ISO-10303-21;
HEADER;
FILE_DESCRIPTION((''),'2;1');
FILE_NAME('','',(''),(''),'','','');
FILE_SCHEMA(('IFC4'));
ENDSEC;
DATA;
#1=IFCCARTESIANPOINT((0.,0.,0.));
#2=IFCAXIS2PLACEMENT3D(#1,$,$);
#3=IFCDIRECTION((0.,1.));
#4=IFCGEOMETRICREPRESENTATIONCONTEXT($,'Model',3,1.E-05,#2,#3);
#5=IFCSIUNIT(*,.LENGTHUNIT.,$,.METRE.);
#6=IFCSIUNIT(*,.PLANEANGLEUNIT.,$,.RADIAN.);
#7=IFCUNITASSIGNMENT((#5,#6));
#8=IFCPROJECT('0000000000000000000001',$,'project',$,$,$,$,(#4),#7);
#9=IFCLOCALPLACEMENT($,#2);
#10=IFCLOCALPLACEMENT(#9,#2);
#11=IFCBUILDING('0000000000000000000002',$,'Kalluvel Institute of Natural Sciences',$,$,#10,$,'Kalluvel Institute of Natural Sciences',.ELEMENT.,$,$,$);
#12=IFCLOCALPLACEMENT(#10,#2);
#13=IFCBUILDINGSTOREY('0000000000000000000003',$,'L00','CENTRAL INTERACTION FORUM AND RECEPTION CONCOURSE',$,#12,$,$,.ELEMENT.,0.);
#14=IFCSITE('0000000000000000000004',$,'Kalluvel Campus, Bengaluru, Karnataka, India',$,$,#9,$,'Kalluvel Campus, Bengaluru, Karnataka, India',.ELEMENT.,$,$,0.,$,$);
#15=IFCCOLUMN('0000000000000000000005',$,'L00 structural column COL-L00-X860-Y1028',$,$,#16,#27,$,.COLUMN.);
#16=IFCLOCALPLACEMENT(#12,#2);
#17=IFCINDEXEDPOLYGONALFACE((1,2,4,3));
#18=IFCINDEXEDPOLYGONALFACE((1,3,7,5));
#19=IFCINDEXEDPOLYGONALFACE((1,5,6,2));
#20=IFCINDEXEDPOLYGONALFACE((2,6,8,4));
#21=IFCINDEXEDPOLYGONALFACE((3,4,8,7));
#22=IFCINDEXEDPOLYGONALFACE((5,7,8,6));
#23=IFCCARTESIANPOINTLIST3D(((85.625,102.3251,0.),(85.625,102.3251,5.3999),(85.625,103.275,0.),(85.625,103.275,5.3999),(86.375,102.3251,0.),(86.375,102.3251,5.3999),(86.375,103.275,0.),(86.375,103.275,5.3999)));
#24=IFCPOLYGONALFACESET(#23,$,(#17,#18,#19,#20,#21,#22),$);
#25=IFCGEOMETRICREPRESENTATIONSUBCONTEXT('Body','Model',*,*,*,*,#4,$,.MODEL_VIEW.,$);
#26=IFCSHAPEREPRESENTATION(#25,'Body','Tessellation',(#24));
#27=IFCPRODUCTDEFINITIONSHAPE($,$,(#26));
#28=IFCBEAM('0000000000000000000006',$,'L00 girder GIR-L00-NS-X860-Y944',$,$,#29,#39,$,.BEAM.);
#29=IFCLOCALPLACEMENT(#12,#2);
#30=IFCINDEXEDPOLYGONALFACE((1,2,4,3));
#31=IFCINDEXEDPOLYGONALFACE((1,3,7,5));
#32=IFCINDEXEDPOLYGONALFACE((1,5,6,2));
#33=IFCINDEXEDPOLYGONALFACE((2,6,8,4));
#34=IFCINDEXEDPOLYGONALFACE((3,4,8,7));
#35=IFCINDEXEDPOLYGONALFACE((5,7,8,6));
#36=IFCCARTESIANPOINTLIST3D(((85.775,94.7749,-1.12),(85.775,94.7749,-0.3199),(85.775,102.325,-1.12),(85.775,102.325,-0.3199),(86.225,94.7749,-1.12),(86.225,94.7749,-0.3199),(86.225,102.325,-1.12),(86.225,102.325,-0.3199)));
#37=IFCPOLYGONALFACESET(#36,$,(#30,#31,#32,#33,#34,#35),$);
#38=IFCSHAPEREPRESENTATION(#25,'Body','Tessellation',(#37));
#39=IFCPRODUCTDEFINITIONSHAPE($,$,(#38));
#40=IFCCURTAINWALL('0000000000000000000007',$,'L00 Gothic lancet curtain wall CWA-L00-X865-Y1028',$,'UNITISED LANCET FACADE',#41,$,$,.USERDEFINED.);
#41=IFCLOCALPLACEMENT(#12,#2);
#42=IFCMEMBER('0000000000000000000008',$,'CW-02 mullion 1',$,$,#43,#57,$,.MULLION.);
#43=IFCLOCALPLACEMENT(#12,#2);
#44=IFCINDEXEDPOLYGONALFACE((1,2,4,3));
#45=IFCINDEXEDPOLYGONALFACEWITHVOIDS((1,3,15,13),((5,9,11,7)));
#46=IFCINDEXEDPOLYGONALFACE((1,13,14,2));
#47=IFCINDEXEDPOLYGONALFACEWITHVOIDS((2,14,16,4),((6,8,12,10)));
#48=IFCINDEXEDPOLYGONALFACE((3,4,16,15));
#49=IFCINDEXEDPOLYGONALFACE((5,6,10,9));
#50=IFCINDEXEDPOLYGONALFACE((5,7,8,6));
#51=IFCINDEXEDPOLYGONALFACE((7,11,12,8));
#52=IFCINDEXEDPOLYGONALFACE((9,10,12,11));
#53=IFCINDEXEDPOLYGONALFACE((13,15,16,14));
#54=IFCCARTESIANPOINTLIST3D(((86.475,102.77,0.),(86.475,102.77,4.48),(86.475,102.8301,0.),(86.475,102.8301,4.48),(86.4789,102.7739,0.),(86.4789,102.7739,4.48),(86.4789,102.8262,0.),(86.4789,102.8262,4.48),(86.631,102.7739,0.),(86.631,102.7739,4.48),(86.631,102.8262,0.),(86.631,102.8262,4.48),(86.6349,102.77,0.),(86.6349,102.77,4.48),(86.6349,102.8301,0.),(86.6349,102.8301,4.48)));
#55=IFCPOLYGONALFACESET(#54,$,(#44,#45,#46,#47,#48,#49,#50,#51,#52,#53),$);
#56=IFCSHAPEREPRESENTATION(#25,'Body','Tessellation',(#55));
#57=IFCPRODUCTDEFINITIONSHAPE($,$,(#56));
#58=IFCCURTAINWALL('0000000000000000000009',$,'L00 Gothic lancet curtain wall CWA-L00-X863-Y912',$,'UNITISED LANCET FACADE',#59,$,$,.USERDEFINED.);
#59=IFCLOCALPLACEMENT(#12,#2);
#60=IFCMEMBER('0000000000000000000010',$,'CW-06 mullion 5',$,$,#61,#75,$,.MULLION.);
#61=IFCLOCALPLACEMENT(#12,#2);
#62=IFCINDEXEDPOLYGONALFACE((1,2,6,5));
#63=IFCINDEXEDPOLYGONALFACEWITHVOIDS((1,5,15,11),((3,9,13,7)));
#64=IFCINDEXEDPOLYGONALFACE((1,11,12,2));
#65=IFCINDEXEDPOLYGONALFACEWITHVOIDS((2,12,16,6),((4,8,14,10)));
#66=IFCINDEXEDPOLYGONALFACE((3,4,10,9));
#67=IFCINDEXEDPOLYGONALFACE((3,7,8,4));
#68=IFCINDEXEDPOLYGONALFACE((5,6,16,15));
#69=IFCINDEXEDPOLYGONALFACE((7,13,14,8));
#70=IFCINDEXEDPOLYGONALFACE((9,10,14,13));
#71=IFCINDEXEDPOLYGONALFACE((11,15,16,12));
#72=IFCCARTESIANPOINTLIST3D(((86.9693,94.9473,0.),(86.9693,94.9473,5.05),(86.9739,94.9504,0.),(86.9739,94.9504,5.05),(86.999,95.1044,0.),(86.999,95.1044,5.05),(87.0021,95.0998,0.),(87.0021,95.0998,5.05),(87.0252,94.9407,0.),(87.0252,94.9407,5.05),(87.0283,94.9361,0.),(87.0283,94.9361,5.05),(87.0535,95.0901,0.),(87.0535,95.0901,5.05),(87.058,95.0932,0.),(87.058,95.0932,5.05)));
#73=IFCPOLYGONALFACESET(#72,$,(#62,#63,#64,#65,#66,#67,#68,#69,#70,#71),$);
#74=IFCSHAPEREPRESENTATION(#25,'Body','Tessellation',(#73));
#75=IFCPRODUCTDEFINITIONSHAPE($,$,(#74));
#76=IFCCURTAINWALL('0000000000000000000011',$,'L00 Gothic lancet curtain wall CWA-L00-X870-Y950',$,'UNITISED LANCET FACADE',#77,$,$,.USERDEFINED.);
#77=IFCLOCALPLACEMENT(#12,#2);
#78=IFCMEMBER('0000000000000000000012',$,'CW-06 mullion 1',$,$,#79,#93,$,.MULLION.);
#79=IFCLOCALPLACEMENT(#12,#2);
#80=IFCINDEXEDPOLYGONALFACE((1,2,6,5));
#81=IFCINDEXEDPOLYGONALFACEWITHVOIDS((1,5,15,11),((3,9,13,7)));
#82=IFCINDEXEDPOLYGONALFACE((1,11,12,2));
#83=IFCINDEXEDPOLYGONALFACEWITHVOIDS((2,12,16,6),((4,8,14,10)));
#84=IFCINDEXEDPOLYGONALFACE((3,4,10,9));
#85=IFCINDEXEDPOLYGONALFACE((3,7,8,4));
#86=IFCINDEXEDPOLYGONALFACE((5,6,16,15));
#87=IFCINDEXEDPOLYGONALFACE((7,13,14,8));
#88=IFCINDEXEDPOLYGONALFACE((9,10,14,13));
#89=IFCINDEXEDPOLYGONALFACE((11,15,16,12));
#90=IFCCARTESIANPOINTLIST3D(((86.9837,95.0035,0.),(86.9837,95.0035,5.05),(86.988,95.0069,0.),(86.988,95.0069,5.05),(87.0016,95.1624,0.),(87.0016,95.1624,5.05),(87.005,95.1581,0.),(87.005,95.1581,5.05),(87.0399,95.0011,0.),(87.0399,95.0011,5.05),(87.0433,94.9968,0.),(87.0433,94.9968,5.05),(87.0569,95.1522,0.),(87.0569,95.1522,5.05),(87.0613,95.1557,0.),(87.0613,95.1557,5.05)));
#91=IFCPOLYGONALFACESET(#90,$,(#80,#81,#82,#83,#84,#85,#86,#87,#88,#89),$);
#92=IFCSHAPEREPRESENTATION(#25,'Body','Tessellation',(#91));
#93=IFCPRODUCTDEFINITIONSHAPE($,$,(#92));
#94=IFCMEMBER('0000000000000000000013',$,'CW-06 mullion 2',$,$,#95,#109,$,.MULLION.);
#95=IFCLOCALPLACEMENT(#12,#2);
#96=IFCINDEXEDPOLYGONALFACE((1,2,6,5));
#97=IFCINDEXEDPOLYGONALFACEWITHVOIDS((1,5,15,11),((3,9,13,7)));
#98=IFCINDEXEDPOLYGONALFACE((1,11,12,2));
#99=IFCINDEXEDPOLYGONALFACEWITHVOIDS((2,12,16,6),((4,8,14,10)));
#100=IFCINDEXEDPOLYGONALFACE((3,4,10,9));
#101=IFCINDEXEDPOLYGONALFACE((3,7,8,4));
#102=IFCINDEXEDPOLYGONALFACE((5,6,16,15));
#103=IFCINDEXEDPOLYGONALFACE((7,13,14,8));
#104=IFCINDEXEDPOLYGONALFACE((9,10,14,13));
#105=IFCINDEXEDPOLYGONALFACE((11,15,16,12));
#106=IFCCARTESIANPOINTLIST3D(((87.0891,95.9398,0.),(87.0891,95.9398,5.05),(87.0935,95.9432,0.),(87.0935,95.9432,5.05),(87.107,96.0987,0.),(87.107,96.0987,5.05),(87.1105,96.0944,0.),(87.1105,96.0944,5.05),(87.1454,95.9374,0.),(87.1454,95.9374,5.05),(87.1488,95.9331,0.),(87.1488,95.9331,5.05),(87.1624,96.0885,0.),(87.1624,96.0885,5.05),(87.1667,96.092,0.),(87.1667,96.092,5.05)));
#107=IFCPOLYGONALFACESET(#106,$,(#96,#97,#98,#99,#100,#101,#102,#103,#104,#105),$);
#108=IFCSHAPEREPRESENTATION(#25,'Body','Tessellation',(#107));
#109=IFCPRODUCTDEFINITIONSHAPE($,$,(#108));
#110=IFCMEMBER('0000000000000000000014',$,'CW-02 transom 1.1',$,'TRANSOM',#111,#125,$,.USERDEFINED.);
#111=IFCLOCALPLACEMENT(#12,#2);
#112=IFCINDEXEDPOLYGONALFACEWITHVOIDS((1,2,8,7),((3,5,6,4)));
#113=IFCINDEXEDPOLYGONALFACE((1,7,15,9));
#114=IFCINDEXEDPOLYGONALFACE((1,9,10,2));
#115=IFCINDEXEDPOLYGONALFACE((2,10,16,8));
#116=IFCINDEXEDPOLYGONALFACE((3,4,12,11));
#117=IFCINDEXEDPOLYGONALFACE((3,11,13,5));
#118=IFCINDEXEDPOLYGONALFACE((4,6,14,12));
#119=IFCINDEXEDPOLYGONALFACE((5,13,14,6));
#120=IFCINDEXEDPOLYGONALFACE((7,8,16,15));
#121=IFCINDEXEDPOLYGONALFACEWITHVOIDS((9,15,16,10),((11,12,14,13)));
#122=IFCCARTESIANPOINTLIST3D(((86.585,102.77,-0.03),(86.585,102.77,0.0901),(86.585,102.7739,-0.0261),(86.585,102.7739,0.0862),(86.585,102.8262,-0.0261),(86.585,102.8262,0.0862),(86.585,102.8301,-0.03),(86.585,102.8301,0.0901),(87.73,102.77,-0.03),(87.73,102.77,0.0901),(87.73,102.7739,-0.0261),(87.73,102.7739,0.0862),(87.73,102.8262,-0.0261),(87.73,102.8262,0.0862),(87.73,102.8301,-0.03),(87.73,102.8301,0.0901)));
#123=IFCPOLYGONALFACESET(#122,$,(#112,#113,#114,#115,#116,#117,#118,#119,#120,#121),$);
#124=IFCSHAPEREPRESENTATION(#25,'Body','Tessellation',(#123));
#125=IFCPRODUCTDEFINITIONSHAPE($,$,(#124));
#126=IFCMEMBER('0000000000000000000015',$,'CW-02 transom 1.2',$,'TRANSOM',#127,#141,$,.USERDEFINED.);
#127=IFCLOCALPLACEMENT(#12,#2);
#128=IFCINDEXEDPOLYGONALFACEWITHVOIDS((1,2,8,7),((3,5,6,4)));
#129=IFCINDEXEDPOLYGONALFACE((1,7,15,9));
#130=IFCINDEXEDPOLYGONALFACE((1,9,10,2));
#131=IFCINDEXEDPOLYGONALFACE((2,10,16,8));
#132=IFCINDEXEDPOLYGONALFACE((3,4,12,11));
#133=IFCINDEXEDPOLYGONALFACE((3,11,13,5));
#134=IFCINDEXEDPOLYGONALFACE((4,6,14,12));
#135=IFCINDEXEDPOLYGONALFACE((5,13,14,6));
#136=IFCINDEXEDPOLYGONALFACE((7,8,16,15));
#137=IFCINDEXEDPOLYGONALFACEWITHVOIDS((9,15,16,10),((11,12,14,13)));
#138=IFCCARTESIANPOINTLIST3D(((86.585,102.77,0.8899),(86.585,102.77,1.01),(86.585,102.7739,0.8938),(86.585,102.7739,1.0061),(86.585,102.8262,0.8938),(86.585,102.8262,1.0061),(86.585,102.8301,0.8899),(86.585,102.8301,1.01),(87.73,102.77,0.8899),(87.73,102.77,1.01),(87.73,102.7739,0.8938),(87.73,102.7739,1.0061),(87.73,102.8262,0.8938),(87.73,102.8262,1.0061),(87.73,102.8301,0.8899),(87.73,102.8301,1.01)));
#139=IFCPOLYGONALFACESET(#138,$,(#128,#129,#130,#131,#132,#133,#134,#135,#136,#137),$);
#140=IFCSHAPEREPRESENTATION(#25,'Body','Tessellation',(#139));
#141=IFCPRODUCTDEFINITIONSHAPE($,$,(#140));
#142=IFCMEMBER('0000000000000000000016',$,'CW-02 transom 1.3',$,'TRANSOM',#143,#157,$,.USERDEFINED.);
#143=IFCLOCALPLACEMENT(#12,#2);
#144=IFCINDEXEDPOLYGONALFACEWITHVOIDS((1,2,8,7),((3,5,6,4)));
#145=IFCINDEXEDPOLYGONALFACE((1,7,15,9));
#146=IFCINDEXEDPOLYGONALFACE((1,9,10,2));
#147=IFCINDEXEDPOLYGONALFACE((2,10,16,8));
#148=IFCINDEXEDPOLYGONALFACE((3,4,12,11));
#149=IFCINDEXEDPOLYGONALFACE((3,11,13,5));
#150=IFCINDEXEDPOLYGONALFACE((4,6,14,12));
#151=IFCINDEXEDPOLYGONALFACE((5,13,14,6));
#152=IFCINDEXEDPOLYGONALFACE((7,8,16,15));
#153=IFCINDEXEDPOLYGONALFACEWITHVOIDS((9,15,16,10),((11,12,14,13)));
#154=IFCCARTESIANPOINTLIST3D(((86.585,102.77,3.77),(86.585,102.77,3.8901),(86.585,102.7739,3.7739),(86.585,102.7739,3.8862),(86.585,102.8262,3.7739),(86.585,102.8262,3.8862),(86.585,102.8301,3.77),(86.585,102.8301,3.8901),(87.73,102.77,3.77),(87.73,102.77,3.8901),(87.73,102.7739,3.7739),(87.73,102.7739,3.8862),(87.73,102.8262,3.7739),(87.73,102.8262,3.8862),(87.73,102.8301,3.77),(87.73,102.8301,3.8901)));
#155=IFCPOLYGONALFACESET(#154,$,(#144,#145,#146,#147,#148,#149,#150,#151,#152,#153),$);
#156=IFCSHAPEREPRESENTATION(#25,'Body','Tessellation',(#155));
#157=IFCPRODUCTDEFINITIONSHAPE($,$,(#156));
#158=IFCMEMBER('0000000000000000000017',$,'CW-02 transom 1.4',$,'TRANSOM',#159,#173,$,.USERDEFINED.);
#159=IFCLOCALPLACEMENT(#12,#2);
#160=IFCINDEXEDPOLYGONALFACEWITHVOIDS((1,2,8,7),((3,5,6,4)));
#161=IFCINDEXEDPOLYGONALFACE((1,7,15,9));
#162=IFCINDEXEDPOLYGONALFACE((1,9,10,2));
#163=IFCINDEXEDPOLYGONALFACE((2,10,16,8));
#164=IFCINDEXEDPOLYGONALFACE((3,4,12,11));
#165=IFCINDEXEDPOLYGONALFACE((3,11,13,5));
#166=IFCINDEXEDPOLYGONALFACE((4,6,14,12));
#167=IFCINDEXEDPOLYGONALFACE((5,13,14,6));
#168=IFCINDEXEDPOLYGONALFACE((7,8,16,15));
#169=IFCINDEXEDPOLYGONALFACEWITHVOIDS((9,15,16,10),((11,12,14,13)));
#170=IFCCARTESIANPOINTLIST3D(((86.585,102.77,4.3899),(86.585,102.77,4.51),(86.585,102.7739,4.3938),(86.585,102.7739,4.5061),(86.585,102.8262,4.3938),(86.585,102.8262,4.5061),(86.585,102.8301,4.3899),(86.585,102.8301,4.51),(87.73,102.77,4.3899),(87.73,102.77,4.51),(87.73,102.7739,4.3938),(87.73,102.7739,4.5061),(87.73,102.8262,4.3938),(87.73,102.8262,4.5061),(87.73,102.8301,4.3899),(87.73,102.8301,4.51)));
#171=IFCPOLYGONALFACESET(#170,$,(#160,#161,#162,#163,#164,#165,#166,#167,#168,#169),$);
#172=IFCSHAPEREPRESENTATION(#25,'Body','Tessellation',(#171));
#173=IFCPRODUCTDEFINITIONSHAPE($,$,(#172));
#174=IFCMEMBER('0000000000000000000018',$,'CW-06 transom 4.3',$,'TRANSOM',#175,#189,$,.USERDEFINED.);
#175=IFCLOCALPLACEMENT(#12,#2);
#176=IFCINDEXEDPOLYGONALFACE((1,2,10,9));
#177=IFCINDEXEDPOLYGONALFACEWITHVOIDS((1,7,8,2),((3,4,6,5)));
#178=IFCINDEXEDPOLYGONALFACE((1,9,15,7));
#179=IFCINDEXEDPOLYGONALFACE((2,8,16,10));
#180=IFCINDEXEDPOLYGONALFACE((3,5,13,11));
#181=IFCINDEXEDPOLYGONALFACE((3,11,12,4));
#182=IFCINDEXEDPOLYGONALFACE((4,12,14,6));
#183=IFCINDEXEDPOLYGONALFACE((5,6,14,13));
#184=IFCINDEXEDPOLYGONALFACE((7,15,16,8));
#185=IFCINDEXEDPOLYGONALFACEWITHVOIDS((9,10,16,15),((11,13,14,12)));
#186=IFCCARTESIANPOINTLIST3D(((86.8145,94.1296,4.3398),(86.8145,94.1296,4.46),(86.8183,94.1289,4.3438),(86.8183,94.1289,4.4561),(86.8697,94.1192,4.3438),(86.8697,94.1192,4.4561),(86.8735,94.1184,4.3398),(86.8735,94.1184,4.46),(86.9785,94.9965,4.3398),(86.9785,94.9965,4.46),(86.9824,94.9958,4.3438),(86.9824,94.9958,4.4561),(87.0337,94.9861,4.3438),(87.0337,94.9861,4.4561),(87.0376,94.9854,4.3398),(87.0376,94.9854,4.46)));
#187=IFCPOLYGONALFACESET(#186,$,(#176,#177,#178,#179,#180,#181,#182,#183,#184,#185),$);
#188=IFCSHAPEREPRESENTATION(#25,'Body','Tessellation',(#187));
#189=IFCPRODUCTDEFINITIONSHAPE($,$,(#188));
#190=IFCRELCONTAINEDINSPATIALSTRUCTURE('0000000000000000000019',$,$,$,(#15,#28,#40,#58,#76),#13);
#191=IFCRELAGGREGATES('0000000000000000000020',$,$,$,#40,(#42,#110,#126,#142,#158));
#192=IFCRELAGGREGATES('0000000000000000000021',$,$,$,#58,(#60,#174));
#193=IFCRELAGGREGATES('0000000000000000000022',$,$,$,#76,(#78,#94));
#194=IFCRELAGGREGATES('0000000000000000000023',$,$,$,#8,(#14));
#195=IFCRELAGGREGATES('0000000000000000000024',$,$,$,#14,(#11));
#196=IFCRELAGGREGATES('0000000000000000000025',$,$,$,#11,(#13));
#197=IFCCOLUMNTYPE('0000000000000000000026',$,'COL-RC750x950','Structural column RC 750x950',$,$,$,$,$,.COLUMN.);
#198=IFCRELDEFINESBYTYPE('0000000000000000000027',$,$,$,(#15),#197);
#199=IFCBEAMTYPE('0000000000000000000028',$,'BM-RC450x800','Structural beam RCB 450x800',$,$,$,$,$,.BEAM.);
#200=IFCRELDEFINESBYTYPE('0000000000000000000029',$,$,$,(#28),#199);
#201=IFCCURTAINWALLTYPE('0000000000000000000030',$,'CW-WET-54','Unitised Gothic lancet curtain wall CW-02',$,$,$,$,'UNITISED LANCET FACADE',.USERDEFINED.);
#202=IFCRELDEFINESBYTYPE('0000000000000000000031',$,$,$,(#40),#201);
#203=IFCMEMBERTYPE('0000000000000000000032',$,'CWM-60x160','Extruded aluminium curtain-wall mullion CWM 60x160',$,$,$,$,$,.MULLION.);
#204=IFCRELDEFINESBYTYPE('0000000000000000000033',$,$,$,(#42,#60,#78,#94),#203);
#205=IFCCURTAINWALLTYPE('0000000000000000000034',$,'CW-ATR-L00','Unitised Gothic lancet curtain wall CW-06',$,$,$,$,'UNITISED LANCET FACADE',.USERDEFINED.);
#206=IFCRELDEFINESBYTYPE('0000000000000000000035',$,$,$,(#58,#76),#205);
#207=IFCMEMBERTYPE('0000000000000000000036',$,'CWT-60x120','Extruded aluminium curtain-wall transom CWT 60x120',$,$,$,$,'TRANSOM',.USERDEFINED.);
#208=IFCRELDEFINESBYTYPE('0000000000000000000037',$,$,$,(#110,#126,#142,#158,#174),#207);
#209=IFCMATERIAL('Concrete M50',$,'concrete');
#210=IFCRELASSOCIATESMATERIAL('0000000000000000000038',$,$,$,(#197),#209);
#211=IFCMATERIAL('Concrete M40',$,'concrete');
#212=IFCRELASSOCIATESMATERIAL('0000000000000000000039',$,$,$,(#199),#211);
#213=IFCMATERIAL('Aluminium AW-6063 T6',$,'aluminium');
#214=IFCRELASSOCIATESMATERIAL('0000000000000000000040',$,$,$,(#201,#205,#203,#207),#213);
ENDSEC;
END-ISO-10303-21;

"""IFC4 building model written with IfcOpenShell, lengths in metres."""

from ifc_helpers import new_model, si_unit, direction, frame, origin, origin_2d, place, context, subcontext, project, spatial, rectangle, hollow_rectangle, extrude, material, material_profile, profile_set, type_object, element, aggregate, save


model = new_model("IFC4")

# Units and contexts
model_context = context("Model", 3, precision=1e-05, world=origin(), true_north=direction((0.0, 1.0)))
body_context = subcontext(model_context, "Body", "Model", "MODEL_VIEW")
ifc_project = project(units=[si_unit("LENGTHUNIT", "METRE"), si_unit("PLANEANGLEUNIT", "RADIAN")], contexts=[model_context])

# Site, building, storey
site_placement = place(None, origin())
site = spatial("IfcSite", under=ifc_project, at=site_placement, Name="Kalluvel Campus, Bengaluru, Karnataka, India", LongName="Kalluvel Campus, Bengaluru, Karnataka, India", CompositionType="ELEMENT", RefElevation=0.0)
building_placement = place(site_placement, origin())
building = spatial("IfcBuilding", under=site, at=building_placement, Name="Kalluvel Institute of Natural Sciences", LongName="Kalluvel Institute of Natural Sciences", CompositionType="ELEMENT")
storey_placement = place(building_placement, origin())
storey = spatial("IfcBuildingStorey", under=building, at=storey_placement, Name="L00", Description="CENTRAL INTERACTION FORUM AND RECEPTION CONCOURSE", CompositionType="ELEMENT", Elevation=0.0)

# Column
ifc_material_1 = material(Name="Concrete M50", Category="concrete")
ifc_material_profile_1 = material_profile(ifc_material_1, rectangle(XDim=0.75, YDim=0.95, at=origin_2d()), Name="RC 750x950")
ifc_profile_set_1 = profile_set([ifc_material_profile_1], Name="Concrete M50")
column_type = type_object("IfcColumnType", Name="COL-RC750x950", Description="Structural column RC 750x950", PredefinedType="COLUMN", material=ifc_profile_set_1)
column_placement = place(storey_placement, frame((86.0, 102.8, 0.0), z_axis=(0.0, 0.0, 1.0), x_axis=(1.0, 0.0, 0.0)))
element("IfcColumn", 1, at=column_placement, inside=storey, type_object=column_type, Name="L00 structural column COL-L00-X860-Y1028", PredefinedType="COLUMN", context=body_context, shape_type="SweptSolid", body=[
    extrude(rectangle(XDim=0.75, YDim=0.95, at=origin_2d()), origin(), (0.0, 0.0, 1.0), 5.3999),
])

# Beam
ifc_material_2 = material(Name="Concrete M40", Category="concrete")
ifc_material_profile_2 = material_profile(ifc_material_2, rectangle(XDim=0.45, YDim=0.8, at=origin_2d()), Name="RCB 450x800")
ifc_profile_set_2 = profile_set([ifc_material_profile_2], Name="Concrete M40")
beam_type_1 = type_object("IfcBeamType", Name="BM-RC450x800", Description="Structural beam RCB 450x800", PredefinedType="BEAM", material=ifc_profile_set_2)
beam_1_placement = place(storey_placement, frame((86.0, 94.7749, -0.72), z_axis=(0.0, 1.0, 0.0), x_axis=(-1.0, 0.0, 0.0)))
element("IfcBeam", 2, at=beam_1_placement, inside=storey, type_object=beam_type_1, Name="L00 girder GIR-L00-NS-X860-Y944", PredefinedType="BEAM", context=body_context, shape_type="SweptSolid", body=[
    extrude(rectangle(XDim=0.45, YDim=0.8, at=origin_2d()), origin(), (0.0, 0.0, 1.0), 7.55),
])

# Curtain walls, members
ifc_material_3 = material(Name="Aluminium AW-6063 T6", Category="aluminium")
curtain_wall_type_1 = type_object("IfcCurtainWallType", Name="CW-WET-54", Description="Unitised Gothic lancet curtain wall CW-02", ElementType="UNITISED LANCET FACADE", PredefinedType="USERDEFINED", material=ifc_material_3)
curtain_wall_1_placement = place(storey_placement, origin())
curtain_wall_1 = element("IfcCurtainWall", 3, at=curtain_wall_1_placement, inside=storey, type_object=curtain_wall_type_1, Name="L00 Gothic lancet curtain wall CWA-L00-X865-Y1028", ObjectType="UNITISED LANCET FACADE", PredefinedType="USERDEFINED")
ifc_material_profile_3 = material_profile(ifc_material_3, hollow_rectangle(XDim=0.0601, YDim=0.1599, WallThickness=0.0039, at=origin_2d()), Name="CWM 60x160")
ifc_profile_set_3 = profile_set([ifc_material_profile_3], Name="Aluminium AW-6063 T6")
member_type_1 = type_object("IfcMemberType", Name="CWM-60x160", Description="Extruded aluminium curtain-wall mullion CWM 60x160", PredefinedType="MULLION", material=ifc_profile_set_3)
member_1_placement = place(storey_placement, frame((86.5549, 102.8, 0.0), z_axis=(0.0, 0.0, 1.0), x_axis=(0.0, 1.0, 0.0)))
member_1 = element("IfcMember", 4, at=member_1_placement, type_object=member_type_1, Name="CW-02 mullion 1", PredefinedType="MULLION", context=body_context, shape_type="SweptSolid", body=[
    extrude(hollow_rectangle(XDim=0.0601, YDim=0.1599, WallThickness=0.0039, at=origin_2d()), origin(), (0.0, 0.0, 1.0), 4.48),
])
curtain_wall_type_2 = type_object("IfcCurtainWallType", Name="CW-ATR-L00", Description="Unitised Gothic lancet curtain wall CW-06", ElementType="UNITISED LANCET FACADE", PredefinedType="USERDEFINED", material=ifc_material_3)
curtain_wall_2_placement = place(storey_placement, origin())
curtain_wall_2 = element("IfcCurtainWall", 5, at=curtain_wall_2_placement, inside=storey, type_object=curtain_wall_type_2, Name="L00 Gothic lancet curtain wall CWA-L00-X863-Y912", ObjectType="UNITISED LANCET FACADE", PredefinedType="USERDEFINED")
member_2_placement = place(storey_placement, frame((87.0137, 95.0203, 0.0), z_axis=(0.0, 0.0, 1.0), x_axis=(-0.982569, 0.185898, 0.0)))
member_2 = element("IfcMember", 6, at=member_2_placement, type_object=member_type_1, Name="CW-06 mullion 5", PredefinedType="MULLION", context=body_context, shape_type="SweptSolid", body=[
    extrude(hollow_rectangle(XDim=0.0601, YDim=0.1599, WallThickness=0.0039, at=origin_2d()), origin(), (0.0, 0.0, 1.0), 5.05),
])

# Curtain wall, members
curtain_wall_3_placement = place(storey_placement, origin())
curtain_wall_3 = element("IfcCurtainWall", 7, at=curtain_wall_3_placement, inside=storey, type_object=curtain_wall_type_2, Name="L00 Gothic lancet curtain wall CWA-L00-X870-Y950", ObjectType="UNITISED LANCET FACADE", PredefinedType="USERDEFINED")
member_3_placement = place(storey_placement, frame((87.0225, 95.0796, 0.0), z_axis=(0.0, 0.0, 1.0), x_axis=(-0.993712, 0.111967, 0.0)))
member_3 = element("IfcMember", 8, at=member_3_placement, type_object=member_type_1, Name="CW-06 mullion 1", PredefinedType="MULLION", context=body_context, shape_type="SweptSolid", body=[
    extrude(hollow_rectangle(XDim=0.0601, YDim=0.1599, WallThickness=0.0039, at=origin_2d()), origin(), (0.0, 0.0, 1.0), 5.05),
])
member_4_placement = place(storey_placement, frame((87.1279, 96.0159, 0.0), z_axis=(0.0, 0.0, 1.0), x_axis=(-0.993712, 0.111967, 0.0)))
member_4 = element("IfcMember", 9, at=member_4_placement, type_object=member_type_1, Name="CW-06 mullion 2", PredefinedType="MULLION", context=body_context, shape_type="SweptSolid", body=[
    extrude(hollow_rectangle(XDim=0.0601, YDim=0.1599, WallThickness=0.0039, at=origin_2d()), origin(), (0.0, 0.0, 1.0), 5.05),
])

# Members
ifc_material_profile_4 = material_profile(ifc_material_3, hollow_rectangle(XDim=0.0601, YDim=0.1201, WallThickness=0.0039, at=origin_2d()), Name="CWT 60x120")
ifc_profile_set_4 = profile_set([ifc_material_profile_4], Name="Aluminium AW-6063 T6")
member_type_2 = type_object("IfcMemberType", Name="CWT-60x120", Description="Extruded aluminium curtain-wall transom CWT 60x120", ElementType="TRANSOM", PredefinedType="USERDEFINED", material=ifc_profile_set_4)
member_5_placement = place(storey_placement, frame((86.585, 102.8, 0.03), z_axis=(1.0, 0.0, 0.0), x_axis=(0.0, 1.0, 0.0)))
member_5 = element("IfcMember", 10, at=member_5_placement, type_object=member_type_2, Name="CW-02 transom 1.1", ObjectType="TRANSOM", PredefinedType="USERDEFINED", context=body_context, shape_type="SweptSolid", body=[
    extrude(hollow_rectangle(XDim=0.0601, YDim=0.1201, WallThickness=0.0039, at=origin_2d()), origin(), (0.0, 0.0, 1.0), 1.145),
])
member_6_placement = place(storey_placement, frame((86.585, 102.8, 0.95), z_axis=(1.0, 0.0, 0.0), x_axis=(0.0, 1.0, 0.0)))
member_6 = element("IfcMember", 11, at=member_6_placement, type_object=member_type_2, Name="CW-02 transom 1.2", ObjectType="TRANSOM", PredefinedType="USERDEFINED", context=body_context, shape_type="SweptSolid", body=[
    extrude(hollow_rectangle(XDim=0.0601, YDim=0.1201, WallThickness=0.0039, at=origin_2d()), origin(), (0.0, 0.0, 1.0), 1.145),
])
member_7_placement = place(storey_placement, frame((86.585, 102.8, 3.8301), z_axis=(1.0, 0.0, 0.0), x_axis=(0.0, 1.0, 0.0)))
member_7 = element("IfcMember", 12, at=member_7_placement, type_object=member_type_2, Name="CW-02 transom 1.3", ObjectType="TRANSOM", PredefinedType="USERDEFINED", context=body_context, shape_type="SweptSolid", body=[
    extrude(hollow_rectangle(XDim=0.0601, YDim=0.1201, WallThickness=0.0039, at=origin_2d()), origin(), (0.0, 0.0, 1.0), 1.145),
])
member_8_placement = place(storey_placement, frame((86.585, 102.8, 4.45), z_axis=(1.0, 0.0, 0.0), x_axis=(0.0, 1.0, 0.0)))
member_8 = element("IfcMember", 13, at=member_8_placement, type_object=member_type_2, Name="CW-02 transom 1.4", ObjectType="TRANSOM", PredefinedType="USERDEFINED", context=body_context, shape_type="SweptSolid", body=[
    extrude(hollow_rectangle(XDim=0.0601, YDim=0.1201, WallThickness=0.0039, at=origin_2d()), origin(), (0.0, 0.0, 1.0), 1.145),
])
aggregate(curtain_wall_1, [member_1, member_5, member_6, member_7, member_8])
member_9_placement = place(storey_placement, frame((86.844, 94.124, 4.3999), z_axis=(0.185942, 0.982561, 0.0), x_axis=(-0.982561, 0.185942, 0.0)))
member_9 = element("IfcMember", 14, at=member_9_placement, type_object=member_type_2, Name="CW-06 transom 4.3", ObjectType="TRANSOM", PredefinedType="USERDEFINED", context=body_context, shape_type="SweptSolid", body=[
    extrude(hollow_rectangle(XDim=0.0601, YDim=0.1201, WallThickness=0.0039, at=origin_2d()), origin(), (0.0, 0.0, 1.0), 0.8823),
])

aggregate(curtain_wall_2, [member_2, member_9])
aggregate(curtain_wall_3, [member_3, member_4])

save(model, "model.ifc")
